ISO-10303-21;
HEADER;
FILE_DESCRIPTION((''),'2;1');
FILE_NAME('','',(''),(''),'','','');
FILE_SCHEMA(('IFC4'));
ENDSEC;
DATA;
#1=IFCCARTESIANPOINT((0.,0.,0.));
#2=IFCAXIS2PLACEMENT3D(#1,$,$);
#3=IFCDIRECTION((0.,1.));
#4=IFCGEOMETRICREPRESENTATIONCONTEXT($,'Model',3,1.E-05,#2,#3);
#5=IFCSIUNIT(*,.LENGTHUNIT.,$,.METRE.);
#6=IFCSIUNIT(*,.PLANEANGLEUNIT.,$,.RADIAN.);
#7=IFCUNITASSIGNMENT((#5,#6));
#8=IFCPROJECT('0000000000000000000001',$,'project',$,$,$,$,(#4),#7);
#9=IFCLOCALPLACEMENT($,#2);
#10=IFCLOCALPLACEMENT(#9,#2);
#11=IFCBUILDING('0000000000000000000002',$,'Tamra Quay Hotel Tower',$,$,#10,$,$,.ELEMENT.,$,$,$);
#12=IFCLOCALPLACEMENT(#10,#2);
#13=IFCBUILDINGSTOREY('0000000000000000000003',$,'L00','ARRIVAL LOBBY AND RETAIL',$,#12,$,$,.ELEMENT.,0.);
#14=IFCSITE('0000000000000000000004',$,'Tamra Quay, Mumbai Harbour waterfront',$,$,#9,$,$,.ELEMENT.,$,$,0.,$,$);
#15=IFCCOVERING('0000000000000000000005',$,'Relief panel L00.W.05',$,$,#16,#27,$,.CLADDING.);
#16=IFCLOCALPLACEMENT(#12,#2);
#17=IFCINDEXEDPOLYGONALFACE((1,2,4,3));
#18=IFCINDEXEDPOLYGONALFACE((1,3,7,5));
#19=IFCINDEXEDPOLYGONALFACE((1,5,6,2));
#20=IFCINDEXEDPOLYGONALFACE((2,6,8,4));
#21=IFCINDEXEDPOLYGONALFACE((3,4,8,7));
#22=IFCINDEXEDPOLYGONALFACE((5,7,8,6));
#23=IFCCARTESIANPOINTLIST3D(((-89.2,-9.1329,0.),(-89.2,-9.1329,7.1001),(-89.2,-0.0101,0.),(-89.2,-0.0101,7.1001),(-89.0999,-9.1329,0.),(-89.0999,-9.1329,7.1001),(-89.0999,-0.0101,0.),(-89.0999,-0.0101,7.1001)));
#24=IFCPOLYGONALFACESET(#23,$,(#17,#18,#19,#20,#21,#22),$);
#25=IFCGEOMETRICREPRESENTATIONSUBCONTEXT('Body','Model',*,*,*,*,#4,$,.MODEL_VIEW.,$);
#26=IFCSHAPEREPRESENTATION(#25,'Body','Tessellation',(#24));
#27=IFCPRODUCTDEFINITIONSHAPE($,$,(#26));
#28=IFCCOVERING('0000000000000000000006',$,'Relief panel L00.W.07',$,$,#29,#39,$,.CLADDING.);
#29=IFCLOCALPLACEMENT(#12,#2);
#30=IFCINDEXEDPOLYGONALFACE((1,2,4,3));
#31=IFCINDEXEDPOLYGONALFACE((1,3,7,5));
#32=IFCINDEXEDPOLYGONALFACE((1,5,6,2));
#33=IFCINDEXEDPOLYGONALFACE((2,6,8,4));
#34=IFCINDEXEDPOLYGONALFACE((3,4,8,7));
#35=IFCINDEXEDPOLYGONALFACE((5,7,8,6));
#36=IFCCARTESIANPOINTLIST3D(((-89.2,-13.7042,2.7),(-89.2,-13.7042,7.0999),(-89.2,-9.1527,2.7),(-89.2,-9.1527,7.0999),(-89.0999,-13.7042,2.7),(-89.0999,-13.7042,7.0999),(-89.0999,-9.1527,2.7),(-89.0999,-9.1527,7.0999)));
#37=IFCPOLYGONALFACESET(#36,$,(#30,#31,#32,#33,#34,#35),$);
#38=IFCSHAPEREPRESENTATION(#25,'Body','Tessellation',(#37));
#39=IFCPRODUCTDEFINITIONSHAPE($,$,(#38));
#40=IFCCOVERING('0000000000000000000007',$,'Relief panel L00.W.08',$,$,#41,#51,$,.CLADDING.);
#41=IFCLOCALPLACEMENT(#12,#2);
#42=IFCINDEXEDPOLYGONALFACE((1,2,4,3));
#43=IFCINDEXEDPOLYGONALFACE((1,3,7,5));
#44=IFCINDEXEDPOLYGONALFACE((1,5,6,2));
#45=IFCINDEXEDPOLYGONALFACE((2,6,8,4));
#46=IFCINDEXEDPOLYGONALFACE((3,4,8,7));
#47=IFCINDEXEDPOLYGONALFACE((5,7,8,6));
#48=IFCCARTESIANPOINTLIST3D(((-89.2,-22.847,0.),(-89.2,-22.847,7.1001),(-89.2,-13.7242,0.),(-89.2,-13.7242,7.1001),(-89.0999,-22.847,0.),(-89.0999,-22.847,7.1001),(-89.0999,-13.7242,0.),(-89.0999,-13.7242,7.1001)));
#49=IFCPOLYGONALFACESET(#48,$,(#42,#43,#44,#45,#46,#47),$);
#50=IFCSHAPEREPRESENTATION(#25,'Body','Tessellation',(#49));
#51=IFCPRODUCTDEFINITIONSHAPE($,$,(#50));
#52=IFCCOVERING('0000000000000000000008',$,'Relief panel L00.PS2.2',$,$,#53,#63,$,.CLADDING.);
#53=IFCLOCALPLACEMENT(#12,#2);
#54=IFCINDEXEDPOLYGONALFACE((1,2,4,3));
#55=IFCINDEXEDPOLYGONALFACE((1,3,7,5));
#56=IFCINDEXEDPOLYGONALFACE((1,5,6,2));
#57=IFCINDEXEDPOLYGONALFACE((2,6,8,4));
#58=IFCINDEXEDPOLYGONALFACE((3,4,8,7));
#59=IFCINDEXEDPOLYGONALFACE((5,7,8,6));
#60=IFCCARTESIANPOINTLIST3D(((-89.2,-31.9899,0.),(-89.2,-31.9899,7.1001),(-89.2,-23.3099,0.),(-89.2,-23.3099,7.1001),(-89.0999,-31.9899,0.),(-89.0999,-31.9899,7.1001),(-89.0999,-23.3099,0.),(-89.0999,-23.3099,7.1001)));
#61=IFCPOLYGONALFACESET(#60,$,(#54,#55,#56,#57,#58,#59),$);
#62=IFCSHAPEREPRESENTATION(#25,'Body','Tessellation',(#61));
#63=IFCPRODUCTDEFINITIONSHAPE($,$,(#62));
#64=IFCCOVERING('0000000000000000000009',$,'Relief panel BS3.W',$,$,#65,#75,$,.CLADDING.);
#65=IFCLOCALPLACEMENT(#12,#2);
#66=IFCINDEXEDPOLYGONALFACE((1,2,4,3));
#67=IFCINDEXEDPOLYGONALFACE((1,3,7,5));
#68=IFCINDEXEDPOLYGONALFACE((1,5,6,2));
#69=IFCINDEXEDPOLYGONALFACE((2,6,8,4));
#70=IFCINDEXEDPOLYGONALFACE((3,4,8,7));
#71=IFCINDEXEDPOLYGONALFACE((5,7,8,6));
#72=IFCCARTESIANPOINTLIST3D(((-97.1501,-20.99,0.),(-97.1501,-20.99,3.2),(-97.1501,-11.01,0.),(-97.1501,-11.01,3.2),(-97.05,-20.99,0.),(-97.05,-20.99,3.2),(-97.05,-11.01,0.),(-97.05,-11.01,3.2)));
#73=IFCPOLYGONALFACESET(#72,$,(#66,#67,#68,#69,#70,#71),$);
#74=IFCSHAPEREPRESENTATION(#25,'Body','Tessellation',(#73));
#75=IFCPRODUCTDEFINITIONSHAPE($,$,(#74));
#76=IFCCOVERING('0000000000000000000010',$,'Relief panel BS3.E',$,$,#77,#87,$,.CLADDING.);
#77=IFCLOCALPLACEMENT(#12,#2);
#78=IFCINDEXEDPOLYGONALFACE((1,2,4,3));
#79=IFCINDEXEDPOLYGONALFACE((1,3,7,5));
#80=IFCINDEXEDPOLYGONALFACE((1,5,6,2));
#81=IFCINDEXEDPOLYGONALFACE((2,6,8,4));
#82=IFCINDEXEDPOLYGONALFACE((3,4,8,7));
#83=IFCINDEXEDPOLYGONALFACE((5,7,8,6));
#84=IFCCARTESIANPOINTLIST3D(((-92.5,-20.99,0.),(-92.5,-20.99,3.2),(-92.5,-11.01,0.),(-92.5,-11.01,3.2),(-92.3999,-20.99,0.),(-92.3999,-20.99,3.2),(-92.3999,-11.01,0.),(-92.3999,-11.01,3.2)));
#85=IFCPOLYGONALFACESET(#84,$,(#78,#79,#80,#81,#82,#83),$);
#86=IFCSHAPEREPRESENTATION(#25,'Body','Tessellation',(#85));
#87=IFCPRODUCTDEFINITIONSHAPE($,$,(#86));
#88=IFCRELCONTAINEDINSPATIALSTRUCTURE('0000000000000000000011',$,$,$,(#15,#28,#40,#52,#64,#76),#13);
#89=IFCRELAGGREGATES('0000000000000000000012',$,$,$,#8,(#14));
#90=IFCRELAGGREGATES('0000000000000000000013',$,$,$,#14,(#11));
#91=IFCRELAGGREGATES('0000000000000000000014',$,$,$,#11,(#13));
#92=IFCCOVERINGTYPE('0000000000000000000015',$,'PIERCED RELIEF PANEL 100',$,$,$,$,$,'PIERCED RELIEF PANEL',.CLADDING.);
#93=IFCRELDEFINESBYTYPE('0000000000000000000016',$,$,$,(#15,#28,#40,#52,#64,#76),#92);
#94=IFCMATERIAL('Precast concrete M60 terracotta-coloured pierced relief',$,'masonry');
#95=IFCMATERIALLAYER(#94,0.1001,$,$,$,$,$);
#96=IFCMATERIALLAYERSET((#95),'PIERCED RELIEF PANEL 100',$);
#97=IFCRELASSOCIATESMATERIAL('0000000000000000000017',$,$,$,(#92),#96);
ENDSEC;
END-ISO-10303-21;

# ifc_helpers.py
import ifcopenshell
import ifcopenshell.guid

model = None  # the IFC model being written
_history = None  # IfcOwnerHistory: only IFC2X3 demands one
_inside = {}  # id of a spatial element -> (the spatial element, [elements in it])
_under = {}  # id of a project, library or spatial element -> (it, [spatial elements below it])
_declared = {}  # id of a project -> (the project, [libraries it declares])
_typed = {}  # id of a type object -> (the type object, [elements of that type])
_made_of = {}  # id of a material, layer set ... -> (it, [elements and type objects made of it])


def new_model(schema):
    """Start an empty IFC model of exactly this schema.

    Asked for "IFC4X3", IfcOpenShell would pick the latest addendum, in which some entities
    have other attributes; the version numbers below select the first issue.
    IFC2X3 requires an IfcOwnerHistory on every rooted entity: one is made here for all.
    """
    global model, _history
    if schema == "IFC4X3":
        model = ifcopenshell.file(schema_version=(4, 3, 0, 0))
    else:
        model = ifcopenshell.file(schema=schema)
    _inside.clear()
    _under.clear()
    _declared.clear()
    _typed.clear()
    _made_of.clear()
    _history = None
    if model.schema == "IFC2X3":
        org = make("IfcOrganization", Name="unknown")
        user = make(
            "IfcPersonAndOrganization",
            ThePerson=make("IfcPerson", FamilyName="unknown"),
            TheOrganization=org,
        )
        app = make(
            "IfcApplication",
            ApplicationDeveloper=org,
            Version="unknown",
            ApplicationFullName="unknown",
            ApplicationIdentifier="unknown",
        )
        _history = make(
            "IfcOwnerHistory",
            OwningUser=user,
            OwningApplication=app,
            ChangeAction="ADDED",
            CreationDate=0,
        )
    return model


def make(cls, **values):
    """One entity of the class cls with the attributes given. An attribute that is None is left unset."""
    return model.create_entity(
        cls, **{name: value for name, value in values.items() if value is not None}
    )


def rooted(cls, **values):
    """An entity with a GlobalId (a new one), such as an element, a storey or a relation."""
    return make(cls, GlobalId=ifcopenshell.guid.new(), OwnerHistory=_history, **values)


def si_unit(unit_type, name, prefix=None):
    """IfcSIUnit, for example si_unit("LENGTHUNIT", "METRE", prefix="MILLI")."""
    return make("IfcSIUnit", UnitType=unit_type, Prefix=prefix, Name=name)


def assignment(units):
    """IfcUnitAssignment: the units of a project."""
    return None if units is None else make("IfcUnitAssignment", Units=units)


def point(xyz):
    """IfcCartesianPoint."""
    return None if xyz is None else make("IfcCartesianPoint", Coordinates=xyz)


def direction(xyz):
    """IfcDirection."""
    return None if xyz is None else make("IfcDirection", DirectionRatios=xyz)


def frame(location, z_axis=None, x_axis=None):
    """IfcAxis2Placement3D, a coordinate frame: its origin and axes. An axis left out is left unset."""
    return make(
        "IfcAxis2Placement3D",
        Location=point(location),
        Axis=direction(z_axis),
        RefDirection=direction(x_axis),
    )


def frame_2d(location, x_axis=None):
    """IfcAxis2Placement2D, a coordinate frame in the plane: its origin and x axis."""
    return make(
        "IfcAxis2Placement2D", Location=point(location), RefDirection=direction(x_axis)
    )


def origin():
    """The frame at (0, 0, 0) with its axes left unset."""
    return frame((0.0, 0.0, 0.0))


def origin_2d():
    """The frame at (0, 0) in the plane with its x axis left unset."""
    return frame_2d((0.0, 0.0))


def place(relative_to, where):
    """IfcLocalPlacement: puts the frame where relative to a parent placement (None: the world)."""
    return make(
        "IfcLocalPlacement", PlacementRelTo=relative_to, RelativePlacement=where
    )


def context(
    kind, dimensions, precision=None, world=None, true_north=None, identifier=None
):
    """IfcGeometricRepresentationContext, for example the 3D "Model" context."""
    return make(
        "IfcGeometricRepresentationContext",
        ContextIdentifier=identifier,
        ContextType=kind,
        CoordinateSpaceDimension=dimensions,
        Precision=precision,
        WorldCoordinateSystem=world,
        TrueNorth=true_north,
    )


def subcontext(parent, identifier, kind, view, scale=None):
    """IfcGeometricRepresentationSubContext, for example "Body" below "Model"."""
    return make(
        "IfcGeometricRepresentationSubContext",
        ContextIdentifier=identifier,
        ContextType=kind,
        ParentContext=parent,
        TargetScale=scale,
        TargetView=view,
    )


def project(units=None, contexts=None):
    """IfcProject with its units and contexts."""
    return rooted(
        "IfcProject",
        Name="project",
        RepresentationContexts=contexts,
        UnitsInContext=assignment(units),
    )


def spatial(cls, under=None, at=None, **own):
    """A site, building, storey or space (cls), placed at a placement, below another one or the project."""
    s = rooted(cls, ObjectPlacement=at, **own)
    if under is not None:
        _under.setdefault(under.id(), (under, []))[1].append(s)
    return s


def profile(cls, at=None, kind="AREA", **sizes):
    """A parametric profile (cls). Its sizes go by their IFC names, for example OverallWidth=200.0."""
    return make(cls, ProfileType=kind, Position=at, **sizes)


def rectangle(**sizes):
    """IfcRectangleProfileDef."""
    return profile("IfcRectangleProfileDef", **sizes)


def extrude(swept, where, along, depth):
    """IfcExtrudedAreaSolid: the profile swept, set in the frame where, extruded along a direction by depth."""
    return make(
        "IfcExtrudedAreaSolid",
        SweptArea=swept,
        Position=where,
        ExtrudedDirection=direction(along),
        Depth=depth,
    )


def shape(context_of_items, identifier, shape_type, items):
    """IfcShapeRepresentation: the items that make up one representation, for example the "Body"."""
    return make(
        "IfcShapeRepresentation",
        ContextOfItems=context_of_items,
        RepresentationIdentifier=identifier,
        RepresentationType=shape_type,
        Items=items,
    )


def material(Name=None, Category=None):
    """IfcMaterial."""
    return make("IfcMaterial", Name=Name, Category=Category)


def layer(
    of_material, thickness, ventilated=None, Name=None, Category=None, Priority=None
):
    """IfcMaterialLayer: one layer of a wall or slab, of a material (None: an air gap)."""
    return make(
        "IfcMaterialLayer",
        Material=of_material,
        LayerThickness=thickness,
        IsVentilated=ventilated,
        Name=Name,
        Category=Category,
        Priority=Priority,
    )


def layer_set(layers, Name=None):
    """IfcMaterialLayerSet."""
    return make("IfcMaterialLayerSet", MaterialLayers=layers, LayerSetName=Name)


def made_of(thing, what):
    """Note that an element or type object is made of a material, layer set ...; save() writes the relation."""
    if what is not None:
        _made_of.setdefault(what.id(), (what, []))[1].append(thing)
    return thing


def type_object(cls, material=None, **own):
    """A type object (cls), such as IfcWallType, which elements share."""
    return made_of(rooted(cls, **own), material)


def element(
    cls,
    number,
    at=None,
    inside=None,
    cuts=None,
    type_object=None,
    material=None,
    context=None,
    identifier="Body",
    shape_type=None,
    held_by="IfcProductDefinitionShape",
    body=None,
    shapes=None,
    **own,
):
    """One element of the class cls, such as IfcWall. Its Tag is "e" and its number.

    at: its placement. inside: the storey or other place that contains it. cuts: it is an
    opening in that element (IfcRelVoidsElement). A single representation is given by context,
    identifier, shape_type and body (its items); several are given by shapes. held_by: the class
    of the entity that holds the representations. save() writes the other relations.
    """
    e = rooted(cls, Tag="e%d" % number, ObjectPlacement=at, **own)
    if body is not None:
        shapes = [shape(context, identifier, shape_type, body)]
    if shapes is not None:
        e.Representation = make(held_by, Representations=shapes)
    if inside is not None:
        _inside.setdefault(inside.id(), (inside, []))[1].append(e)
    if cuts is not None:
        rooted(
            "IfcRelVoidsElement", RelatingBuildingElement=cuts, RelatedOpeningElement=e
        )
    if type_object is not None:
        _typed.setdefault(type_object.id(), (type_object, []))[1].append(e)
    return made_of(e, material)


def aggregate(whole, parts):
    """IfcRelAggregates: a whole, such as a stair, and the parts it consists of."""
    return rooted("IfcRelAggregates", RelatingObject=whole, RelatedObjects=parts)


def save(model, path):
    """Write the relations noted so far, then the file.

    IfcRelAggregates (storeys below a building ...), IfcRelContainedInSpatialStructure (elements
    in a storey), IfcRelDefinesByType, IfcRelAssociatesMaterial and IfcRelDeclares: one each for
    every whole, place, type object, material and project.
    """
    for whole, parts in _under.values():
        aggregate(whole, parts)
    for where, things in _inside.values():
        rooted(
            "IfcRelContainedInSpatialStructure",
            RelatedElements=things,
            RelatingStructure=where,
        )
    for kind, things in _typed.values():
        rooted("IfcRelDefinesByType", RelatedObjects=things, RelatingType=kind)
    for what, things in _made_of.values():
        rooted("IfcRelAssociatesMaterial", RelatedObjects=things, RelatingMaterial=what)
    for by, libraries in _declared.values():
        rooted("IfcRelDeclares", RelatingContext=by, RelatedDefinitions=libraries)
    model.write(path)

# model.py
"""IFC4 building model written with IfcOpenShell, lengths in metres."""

from ifc_helpers import new_model, si_unit, direction, frame, origin, origin_2d, place, context, subcontext, project, spatial, rectangle, extrude, material, layer, layer_set, type_object, element, save


model = new_model("IFC4")

# Units and contexts
model_context = context("Model", 3, precision=1e-05, world=origin(), true_north=direction((0.0, 1.0)))
body_context = subcontext(model_context, "Body", "Model", "MODEL_VIEW")
ifc_project = project(units=[si_unit("LENGTHUNIT", "METRE"), si_unit("PLANEANGLEUNIT", "RADIAN")], contexts=[model_context])

# Site, building, storey
site_placement = place(None, origin())
site = spatial("IfcSite", under=ifc_project, at=site_placement, Name="Tamra Quay, Mumbai Harbour waterfront", CompositionType="ELEMENT", RefElevation=0.0)
building_placement = place(site_placement, origin())
building = spatial("IfcBuilding", under=site, at=building_placement, Name="Tamra Quay Hotel Tower", CompositionType="ELEMENT")
storey_placement = place(building_placement, origin())
storey = spatial("IfcBuildingStorey", under=building, at=storey_placement, Name="L00", Description="ARRIVAL LOBBY AND RETAIL", CompositionType="ELEMENT", Elevation=0.0)

# Coverings
ifc_material_1 = material(Name="Precast concrete M60 terracotta-coloured pierced relief", Category="masonry")
ifc_layer_1 = layer(ifc_material_1, 0.1001)
ifc_layer_set_1 = layer_set([ifc_layer_1], Name="PIERCED RELIEF PANEL 100")
covering_type_1 = type_object("IfcCoveringType", Name="PIERCED RELIEF PANEL 100", ElementType="PIERCED RELIEF PANEL", PredefinedType="CLADDING", material=ifc_layer_set_1)
covering_1_placement = place(storey_placement, frame((-89.1499, -4.5715, 0.0), z_axis=(0.0, 0.0, 1.0), x_axis=(0.0, -1.0, 0.0)))
element("IfcCovering", 1, at=covering_1_placement, inside=storey, type_object=covering_type_1, Name="Relief panel L00.W.05", PredefinedType="CLADDING", context=body_context, shape_type="SweptSolid", body=[
    extrude(rectangle(XDim=9.1228, YDim=0.1001, at=origin_2d()), origin(), (0.0, 0.0, 1.0), 7.1001),
])
covering_2_placement = place(storey_placement, frame((-89.1499, -11.4285, 2.7), z_axis=(0.0, 0.0, 1.0), x_axis=(0.0, -1.0, 0.0)))
element("IfcCovering", 2, at=covering_2_placement, inside=storey, type_object=covering_type_1, Name="Relief panel L00.W.07", PredefinedType="CLADDING", context=body_context, shape_type="SweptSolid", body=[
    extrude(rectangle(XDim=4.5515, YDim=0.1001, at=origin_2d()), origin(), (0.0, 0.0, 1.0), 4.3999),
])
covering_3_placement = place(storey_placement, frame((-89.1499, -18.2856, 0.0), z_axis=(0.0, 0.0, 1.0), x_axis=(0.0, -1.0, 0.0)))
element("IfcCovering", 3, at=covering_3_placement, inside=storey, type_object=covering_type_1, Name="Relief panel L00.W.08", PredefinedType="CLADDING", context=body_context, shape_type="SweptSolid", body=[
    extrude(rectangle(XDim=9.1228, YDim=0.1001, at=origin_2d()), origin(), (0.0, 0.0, 1.0), 7.1001),
])
covering_4_placement = place(storey_placement, frame((-89.1499, -27.6499, 0.0), z_axis=(0.0, 0.0, 1.0), x_axis=(0.0, -1.0, 0.0)))
element("IfcCovering", 4, at=covering_4_placement, inside=storey, type_object=covering_type_1, Name="Relief panel L00.PS2.2", PredefinedType="CLADDING", context=body_context, shape_type="SweptSolid", body=[
    extrude(rectangle(XDim=8.6799, YDim=0.1001, at=origin_2d()), origin(), (0.0, 0.0, 1.0), 7.1001),
])
for number, where, z_axis, x_axis, name in (
    (5, (-97.1001, -16.0, 0.0), (0.0, 0.0, 1.0), (0.0, -1.0, 0.0), "Relief panel BS3.W"),
    (6, (-92.45, -16.0, 0.0), (0.0, 0.0, 1.0), (0.0, 1.0, 0.0), "Relief panel BS3.E"),
):
    element("IfcCovering", number, at=place(storey_placement, frame(where, z_axis=z_axis, x_axis=x_axis)), inside=storey, type_object=covering_type_1, Name=name, PredefinedType="CLADDING", context=body_context, shape_type="SweptSolid", body=[
        extrude(rectangle(XDim=9.98, YDim=0.1001, at=origin_2d()), origin(), (0.0, 0.0, 1.0), 3.2),
    ])

save(model, "model.ifc")
